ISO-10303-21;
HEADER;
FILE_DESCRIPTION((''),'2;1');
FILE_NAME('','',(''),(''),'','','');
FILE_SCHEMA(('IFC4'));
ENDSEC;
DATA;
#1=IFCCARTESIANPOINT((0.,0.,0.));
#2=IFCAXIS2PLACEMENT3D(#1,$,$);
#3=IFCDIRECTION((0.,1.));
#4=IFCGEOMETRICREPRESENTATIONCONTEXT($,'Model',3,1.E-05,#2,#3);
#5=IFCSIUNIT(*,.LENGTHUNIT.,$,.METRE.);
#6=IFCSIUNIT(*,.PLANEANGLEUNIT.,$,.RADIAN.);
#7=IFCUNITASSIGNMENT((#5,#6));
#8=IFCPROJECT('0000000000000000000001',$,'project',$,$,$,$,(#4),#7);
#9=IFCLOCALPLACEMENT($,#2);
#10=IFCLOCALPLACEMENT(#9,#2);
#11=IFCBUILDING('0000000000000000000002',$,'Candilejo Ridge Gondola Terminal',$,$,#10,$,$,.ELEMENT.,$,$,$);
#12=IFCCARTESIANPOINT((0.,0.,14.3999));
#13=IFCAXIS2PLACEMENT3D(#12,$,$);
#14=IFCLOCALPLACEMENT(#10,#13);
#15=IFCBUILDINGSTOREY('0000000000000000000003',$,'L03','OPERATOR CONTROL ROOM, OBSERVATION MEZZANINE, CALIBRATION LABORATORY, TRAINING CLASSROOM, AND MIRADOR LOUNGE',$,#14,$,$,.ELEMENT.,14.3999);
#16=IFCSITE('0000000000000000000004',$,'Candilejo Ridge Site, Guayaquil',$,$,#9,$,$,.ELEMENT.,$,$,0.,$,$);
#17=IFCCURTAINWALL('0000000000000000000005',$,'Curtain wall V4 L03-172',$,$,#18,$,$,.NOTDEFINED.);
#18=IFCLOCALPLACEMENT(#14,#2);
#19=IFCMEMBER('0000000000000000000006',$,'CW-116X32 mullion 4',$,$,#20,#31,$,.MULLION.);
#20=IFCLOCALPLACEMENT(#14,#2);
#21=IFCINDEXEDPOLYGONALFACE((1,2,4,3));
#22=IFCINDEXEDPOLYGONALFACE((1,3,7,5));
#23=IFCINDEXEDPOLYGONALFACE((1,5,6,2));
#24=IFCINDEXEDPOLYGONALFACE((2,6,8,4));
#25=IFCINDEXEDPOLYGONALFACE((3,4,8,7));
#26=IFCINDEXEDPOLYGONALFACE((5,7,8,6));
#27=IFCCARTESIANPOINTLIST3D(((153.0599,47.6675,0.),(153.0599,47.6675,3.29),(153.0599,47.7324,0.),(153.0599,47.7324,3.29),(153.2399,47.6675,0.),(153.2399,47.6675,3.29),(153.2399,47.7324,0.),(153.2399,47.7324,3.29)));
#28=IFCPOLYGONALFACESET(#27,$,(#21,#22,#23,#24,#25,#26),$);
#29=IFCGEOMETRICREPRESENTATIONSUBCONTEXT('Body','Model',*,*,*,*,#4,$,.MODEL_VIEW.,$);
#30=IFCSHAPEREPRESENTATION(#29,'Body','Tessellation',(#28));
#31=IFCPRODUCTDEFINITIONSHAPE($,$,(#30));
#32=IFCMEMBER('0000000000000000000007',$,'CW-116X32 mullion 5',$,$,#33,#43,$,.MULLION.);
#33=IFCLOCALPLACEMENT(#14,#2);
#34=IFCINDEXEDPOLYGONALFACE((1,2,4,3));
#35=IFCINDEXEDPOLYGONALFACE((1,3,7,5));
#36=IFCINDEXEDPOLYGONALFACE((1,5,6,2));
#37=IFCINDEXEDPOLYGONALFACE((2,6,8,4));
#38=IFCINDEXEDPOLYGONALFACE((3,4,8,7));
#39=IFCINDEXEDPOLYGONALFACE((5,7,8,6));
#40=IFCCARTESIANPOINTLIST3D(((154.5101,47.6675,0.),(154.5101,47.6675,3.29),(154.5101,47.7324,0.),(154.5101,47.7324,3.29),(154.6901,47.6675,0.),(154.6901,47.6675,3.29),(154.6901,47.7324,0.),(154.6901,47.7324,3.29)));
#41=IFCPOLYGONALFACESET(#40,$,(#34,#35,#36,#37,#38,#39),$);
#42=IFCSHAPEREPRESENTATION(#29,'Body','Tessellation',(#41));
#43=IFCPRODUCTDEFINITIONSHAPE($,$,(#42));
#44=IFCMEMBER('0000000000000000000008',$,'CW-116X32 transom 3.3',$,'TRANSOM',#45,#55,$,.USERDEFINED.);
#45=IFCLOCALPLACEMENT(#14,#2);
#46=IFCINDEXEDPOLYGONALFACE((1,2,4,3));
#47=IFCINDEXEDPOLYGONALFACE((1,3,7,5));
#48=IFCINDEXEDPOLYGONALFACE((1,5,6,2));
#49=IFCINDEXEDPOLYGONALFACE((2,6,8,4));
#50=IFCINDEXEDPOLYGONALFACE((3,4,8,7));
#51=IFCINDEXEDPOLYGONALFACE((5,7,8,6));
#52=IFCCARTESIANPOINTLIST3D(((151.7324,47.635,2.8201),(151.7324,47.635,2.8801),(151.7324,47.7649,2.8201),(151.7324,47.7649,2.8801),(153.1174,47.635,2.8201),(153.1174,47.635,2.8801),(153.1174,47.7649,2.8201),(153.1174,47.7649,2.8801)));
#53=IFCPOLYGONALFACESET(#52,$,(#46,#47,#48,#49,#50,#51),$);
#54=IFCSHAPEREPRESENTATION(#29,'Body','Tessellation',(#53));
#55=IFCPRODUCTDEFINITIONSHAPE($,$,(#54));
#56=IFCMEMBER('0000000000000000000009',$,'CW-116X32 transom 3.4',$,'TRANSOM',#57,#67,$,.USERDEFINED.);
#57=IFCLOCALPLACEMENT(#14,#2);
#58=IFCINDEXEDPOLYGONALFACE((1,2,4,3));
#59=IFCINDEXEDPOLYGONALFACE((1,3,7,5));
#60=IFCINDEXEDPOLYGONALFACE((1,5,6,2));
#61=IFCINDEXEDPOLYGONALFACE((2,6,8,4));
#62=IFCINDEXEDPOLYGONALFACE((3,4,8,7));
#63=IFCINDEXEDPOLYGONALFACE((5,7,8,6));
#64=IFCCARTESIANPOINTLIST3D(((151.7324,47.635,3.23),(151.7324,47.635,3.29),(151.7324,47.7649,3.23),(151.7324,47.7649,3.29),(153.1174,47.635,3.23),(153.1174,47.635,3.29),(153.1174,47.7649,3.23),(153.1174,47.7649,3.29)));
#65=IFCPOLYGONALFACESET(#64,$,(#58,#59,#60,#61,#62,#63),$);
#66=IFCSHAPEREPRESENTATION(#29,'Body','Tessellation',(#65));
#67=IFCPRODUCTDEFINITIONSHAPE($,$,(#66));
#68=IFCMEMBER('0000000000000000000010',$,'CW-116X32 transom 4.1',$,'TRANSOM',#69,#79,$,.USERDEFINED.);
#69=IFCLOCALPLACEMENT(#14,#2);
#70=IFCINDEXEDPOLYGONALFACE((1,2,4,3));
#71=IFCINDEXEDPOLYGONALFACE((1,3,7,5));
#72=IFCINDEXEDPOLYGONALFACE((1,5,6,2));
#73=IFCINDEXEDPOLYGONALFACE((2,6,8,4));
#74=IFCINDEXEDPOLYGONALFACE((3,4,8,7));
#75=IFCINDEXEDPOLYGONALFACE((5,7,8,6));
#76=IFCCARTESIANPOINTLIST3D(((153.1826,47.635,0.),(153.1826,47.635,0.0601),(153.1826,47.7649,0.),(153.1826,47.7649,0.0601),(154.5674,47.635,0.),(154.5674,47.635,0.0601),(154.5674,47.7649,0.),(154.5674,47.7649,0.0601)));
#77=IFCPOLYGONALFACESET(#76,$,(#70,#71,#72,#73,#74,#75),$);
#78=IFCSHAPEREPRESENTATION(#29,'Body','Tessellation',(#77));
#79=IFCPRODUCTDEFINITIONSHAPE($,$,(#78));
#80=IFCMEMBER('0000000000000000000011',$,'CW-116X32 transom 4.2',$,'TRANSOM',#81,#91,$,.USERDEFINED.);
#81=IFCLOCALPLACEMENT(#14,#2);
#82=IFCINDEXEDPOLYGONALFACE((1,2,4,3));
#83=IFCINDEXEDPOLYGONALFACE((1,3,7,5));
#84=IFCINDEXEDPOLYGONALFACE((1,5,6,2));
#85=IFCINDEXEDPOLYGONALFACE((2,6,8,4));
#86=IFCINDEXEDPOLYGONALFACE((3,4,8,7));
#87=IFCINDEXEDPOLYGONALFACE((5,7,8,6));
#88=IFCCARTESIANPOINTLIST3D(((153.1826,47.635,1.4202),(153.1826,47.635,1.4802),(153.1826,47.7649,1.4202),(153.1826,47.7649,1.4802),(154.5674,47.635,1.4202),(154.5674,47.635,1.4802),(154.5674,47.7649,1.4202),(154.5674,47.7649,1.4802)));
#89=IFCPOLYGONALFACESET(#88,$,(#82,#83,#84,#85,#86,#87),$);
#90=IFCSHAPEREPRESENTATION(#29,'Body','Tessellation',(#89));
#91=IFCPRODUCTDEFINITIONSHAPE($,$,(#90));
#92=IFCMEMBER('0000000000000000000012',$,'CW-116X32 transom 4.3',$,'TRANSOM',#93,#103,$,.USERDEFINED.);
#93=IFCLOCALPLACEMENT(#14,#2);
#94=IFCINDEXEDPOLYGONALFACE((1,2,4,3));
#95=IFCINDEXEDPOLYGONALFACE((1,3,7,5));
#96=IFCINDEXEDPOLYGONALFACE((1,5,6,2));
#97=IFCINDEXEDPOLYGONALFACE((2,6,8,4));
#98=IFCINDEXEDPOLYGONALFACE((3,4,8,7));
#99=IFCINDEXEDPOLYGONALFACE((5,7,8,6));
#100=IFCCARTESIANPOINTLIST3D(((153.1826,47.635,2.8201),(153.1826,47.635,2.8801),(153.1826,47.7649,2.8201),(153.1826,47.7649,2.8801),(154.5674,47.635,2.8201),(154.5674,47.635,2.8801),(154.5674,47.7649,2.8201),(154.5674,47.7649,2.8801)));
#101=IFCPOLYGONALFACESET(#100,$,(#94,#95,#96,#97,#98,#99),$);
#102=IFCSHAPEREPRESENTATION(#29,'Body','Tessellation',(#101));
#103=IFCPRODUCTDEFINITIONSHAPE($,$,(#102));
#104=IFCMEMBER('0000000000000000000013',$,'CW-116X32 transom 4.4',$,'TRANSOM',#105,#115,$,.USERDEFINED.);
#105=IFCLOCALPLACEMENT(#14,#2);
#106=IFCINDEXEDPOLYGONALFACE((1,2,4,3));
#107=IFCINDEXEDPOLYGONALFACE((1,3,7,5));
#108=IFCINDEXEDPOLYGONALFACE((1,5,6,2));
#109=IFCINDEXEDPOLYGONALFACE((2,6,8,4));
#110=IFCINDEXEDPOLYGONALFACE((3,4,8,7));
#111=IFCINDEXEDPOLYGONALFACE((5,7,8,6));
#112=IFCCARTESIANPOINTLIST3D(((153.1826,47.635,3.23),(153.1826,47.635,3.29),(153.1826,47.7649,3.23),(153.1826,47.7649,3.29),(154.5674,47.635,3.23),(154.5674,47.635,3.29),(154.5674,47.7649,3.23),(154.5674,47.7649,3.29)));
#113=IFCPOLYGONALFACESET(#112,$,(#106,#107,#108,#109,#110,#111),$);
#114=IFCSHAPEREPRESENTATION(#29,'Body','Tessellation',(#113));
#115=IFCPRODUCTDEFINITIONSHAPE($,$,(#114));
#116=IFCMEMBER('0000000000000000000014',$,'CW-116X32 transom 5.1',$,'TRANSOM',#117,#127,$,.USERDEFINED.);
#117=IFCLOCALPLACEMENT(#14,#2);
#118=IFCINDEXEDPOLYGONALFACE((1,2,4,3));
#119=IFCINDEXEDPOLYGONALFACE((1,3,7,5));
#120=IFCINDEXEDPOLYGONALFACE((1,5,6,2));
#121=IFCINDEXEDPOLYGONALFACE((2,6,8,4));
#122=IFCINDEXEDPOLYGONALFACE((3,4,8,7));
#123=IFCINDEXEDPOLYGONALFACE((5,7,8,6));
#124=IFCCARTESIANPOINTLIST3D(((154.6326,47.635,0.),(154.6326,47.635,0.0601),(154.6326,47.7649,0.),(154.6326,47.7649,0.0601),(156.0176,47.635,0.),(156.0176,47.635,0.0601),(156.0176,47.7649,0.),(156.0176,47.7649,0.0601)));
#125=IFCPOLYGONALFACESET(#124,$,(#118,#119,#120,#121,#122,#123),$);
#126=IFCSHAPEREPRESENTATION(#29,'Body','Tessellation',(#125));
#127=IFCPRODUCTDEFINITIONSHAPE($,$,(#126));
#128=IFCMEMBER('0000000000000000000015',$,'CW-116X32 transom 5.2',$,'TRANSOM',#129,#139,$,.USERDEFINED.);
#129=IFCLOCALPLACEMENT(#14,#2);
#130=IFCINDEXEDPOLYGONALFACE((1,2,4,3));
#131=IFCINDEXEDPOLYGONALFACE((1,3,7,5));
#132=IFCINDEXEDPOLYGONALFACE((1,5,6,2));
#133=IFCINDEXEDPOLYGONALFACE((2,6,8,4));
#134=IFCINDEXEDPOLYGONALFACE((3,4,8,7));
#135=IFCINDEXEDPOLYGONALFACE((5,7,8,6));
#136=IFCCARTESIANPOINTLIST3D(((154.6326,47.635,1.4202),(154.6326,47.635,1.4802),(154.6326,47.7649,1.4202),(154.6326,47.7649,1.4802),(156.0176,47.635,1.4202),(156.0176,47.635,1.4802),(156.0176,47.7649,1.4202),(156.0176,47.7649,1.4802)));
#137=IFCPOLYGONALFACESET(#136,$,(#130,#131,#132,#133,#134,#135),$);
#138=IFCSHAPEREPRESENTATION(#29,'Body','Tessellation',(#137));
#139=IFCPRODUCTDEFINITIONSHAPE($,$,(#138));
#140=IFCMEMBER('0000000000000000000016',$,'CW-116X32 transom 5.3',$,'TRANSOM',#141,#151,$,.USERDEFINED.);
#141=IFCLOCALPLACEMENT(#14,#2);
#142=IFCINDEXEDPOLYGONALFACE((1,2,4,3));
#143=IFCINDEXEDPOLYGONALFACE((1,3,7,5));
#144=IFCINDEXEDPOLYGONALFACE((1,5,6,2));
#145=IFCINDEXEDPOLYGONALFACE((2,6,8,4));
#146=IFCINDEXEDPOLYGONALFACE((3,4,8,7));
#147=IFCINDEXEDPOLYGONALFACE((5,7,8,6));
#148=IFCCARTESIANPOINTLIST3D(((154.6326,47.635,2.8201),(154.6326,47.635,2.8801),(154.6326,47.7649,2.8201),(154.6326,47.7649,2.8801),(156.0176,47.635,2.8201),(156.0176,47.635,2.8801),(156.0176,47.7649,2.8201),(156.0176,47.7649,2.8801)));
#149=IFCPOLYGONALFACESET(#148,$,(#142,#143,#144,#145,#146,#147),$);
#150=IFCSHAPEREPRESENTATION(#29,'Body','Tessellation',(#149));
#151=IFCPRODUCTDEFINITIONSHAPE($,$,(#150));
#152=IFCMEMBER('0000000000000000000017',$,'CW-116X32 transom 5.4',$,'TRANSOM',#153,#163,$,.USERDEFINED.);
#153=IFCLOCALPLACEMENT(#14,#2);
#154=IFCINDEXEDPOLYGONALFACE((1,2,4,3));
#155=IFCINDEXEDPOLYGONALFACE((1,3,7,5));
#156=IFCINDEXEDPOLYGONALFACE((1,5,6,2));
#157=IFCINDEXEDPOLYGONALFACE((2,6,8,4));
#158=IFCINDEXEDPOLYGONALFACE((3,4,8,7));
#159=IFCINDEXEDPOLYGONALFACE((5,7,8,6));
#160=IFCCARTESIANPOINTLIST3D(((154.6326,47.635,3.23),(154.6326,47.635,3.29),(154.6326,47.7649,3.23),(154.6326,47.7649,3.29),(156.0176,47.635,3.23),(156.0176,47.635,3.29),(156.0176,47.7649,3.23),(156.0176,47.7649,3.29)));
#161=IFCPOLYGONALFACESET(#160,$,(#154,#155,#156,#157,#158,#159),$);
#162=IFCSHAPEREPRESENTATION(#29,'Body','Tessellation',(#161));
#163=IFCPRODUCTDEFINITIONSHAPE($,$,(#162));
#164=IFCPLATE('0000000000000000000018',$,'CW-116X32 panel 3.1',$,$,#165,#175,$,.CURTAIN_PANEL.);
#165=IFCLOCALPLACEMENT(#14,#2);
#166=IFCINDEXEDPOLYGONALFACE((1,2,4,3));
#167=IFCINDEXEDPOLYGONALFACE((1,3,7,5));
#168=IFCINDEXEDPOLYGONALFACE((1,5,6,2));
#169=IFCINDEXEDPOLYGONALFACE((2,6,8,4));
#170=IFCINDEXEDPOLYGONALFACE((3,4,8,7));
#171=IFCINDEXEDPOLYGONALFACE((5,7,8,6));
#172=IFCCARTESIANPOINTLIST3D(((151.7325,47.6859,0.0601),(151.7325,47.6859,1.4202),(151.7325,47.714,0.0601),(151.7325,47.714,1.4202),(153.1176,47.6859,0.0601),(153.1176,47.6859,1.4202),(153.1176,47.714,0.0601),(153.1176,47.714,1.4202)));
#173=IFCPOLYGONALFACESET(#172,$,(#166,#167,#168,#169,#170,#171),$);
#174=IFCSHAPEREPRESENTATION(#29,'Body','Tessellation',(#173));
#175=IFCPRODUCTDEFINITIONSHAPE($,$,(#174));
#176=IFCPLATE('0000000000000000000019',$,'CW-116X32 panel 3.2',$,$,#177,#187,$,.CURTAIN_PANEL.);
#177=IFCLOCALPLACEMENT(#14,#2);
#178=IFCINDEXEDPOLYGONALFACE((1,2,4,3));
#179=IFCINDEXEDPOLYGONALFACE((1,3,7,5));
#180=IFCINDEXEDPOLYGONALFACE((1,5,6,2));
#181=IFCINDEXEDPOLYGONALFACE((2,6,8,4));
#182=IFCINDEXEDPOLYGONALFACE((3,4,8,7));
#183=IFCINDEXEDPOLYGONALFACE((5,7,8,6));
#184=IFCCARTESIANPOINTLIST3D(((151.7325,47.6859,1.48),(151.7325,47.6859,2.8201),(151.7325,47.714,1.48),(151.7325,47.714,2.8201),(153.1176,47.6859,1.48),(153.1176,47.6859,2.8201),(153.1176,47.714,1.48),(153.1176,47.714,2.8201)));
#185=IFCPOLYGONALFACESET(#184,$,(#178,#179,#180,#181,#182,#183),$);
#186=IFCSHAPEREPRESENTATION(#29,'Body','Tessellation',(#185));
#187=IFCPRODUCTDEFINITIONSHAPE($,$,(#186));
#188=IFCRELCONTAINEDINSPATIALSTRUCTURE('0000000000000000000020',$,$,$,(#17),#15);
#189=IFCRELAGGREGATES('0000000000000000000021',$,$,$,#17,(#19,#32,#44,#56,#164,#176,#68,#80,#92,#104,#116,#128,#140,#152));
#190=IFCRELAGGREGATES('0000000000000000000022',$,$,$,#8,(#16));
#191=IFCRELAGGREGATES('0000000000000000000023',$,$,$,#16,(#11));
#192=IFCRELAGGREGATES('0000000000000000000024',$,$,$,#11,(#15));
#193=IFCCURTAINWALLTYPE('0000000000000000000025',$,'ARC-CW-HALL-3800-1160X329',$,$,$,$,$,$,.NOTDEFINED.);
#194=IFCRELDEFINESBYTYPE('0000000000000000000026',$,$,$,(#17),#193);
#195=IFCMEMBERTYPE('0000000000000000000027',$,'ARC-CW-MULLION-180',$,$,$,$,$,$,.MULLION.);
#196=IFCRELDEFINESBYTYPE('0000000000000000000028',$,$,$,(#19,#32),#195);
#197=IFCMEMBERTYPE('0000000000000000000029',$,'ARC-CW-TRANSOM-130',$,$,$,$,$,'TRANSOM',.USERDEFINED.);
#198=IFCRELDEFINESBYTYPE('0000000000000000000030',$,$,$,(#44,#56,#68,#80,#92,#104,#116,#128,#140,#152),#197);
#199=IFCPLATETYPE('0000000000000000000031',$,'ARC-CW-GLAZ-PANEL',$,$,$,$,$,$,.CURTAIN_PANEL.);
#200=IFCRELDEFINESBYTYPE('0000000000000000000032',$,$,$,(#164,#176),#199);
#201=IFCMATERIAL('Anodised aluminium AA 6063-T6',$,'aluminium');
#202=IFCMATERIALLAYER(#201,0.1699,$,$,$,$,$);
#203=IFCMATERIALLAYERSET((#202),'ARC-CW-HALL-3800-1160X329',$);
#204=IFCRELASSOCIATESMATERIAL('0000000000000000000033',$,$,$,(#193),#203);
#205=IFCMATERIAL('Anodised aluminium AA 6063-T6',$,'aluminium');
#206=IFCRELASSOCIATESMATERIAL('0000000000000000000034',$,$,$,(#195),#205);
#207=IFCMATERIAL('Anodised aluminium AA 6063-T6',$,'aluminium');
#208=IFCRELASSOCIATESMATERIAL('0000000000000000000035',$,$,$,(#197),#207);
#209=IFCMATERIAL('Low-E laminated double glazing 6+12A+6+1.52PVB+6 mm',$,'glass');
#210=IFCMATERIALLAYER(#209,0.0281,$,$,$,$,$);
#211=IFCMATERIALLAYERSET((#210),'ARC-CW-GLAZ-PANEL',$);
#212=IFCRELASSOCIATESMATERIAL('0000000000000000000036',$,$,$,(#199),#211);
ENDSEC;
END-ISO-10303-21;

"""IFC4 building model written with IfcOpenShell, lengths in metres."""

from ifc_helpers import new_model, si_unit, direction, frame, origin, origin_2d, place, context, subcontext, project, spatial, rectangle, extrude, material, layer, layer_set, material_profile, profile_set, type_object, element, aggregate, save


model = new_model("IFC4")

# Units and contexts
model_context = context("Model", 3, precision=1e-05, world=origin(), true_north=direction((0.0, 1.0)))
body_context = subcontext(model_context, "Body", "Model", "MODEL_VIEW")
ifc_project = project(units=[si_unit("LENGTHUNIT", "METRE"), si_unit("PLANEANGLEUNIT", "RADIAN")], contexts=[model_context])

# Site, building, storey
site_placement = place(None, origin())
site = spatial("IfcSite", under=ifc_project, at=site_placement, Name="Candilejo Ridge Site, Guayaquil", CompositionType="ELEMENT", RefElevation=0.0)
building_placement = place(site_placement, origin())
building = spatial("IfcBuilding", under=site, at=building_placement, Name="Candilejo Ridge Gondola Terminal", CompositionType="ELEMENT")
storey_placement = place(building_placement, frame((0.0, 0.0, 14.3999)))
storey = spatial("IfcBuildingStorey", under=building, at=storey_placement, Name="L03", Description="OPERATOR CONTROL ROOM, OBSERVATION MEZZANINE, CALIBRATION LABORATORY, TRAINING CLASSROOM, AND MIRADOR LOUNGE", CompositionType="ELEMENT", Elevation=14.3999)

# Curtain wall, members, plates
ifc_material_1 = material(Name="Anodised aluminium AA 6063-T6", Category="aluminium")
ifc_layer_1 = layer(ifc_material_1, 0.1699)
ifc_layer_set_1 = layer_set([ifc_layer_1], Name="ARC-CW-HALL-3800-1160X329")
curtain_wall_type = type_object("IfcCurtainWallType", Name="ARC-CW-HALL-3800-1160X329", PredefinedType="NOTDEFINED", material=ifc_layer_set_1)
curtain_wall_placement = place(storey_placement, origin())
curtain_wall = element("IfcCurtainWall", 1, at=curtain_wall_placement, inside=storey, type_object=curtain_wall_type, Name="Curtain wall V4 L03-172", PredefinedType="NOTDEFINED")
ifc_material_2 = material(Name="Anodised aluminium AA 6063-T6", Category="aluminium")
ifc_material_profile_1 = material_profile(ifc_material_2, rectangle(XDim=0.0649, YDim=0.1799, at=origin_2d()))
ifc_profile_set_1 = profile_set([ifc_material_profile_1], Name="Anodised aluminium AA 6063-T6")
member_type_1 = type_object("IfcMemberType", Name="ARC-CW-MULLION-180", PredefinedType="MULLION", material=ifc_profile_set_1)
member_1_placement = place(storey_placement, frame((153.1499, 47.7, 0.0), z_axis=(0.0, 0.0, 1.0), x_axis=(0.0, 1.0, 0.0)))
member_1 = element("IfcMember", 2, at=member_1_placement, type_object=member_type_1, Name="CW-116X32 mullion 4", PredefinedType="MULLION", context=body_context, shape_type="SweptSolid", body=[
    extrude(rectangle(XDim=0.0649, YDim=0.1799, at=origin_2d()), origin(), (0.0, 0.0, 1.0), 3.29),
])
member_2_placement = place(storey_placement, frame((154.6001, 47.7, 0.0), z_axis=(0.0, 0.0, 1.0), x_axis=(0.0, 1.0, 0.0)))
member_2 = element("IfcMember", 3, at=member_2_placement, type_object=member_type_1, Name="CW-116X32 mullion 5", PredefinedType="MULLION", context=body_context, shape_type="SweptSolid", body=[
    extrude(rectangle(XDim=0.0649, YDim=0.1799, at=origin_2d()), origin(), (0.0, 0.0, 1.0), 3.29),
])
ifc_material_3 = material(Name="Anodised aluminium AA 6063-T6", Category="aluminium")
ifc_material_profile_2 = material_profile(ifc_material_3, rectangle(XDim=0.1299, YDim=0.0601, at=origin_2d()))
ifc_profile_set_2 = profile_set([ifc_material_profile_2], Name="Anodised aluminium AA 6063-T6")
member_type_2 = type_object("IfcMemberType", Name="ARC-CW-TRANSOM-130", ElementType="TRANSOM", PredefinedType="USERDEFINED", material=ifc_profile_set_2)
member_3_placement = place(storey_placement, frame((151.7324, 47.7, 2.8501), z_axis=(1.0, 0.0, 0.0), x_axis=(0.0, 1.0, 0.0)))
member_3 = element("IfcMember", 4, at=member_3_placement, type_object=member_type_2, Name="CW-116X32 transom 3.3", ObjectType="TRANSOM", PredefinedType="USERDEFINED", context=body_context, shape_type="SweptSolid", body=[
    extrude(rectangle(XDim=0.1299, YDim=0.0601, at=origin_2d()), origin(), (0.0, 0.0, 1.0), 1.385),
])
member_4_placement = place(storey_placement, frame((151.7324, 47.7, 3.26), z_axis=(1.0, 0.0, 0.0), x_axis=(0.0, 1.0, 0.0)))
member_4 = element("IfcMember", 5, at=member_4_placement, type_object=member_type_2, Name="CW-116X32 transom 3.4", ObjectType="TRANSOM", PredefinedType="USERDEFINED", context=body_context, shape_type="SweptSolid", body=[
    extrude(rectangle(XDim=0.1299, YDim=0.0601, at=origin_2d()), origin(), (0.0, 0.0, 1.0), 1.385),
])
member_5_placement = place(storey_placement, frame((153.1826, 47.7, 0.03), z_axis=(1.0, 0.0, 0.0), x_axis=(0.0, 1.0, 0.0)))
member_5 = element("IfcMember", 6, at=member_5_placement, type_object=member_type_2, Name="CW-116X32 transom 4.1", ObjectType="TRANSOM", PredefinedType="USERDEFINED", context=body_context, shape_type="SweptSolid", body=[
    extrude(rectangle(XDim=0.1299, YDim=0.0601, at=origin_2d()), origin(), (0.0, 0.0, 1.0), 1.3848),
])
member_6_placement = place(storey_placement, frame((153.1826, 47.7, 1.4502), z_axis=(1.0, 0.0, 0.0), x_axis=(0.0, 1.0, 0.0)))
member_6 = element("IfcMember", 7, at=member_6_placement, type_object=member_type_2, Name="CW-116X32 transom 4.2", ObjectType="TRANSOM", PredefinedType="USERDEFINED", context=body_context, shape_type="SweptSolid", body=[
    extrude(rectangle(XDim=0.1299, YDim=0.0601, at=origin_2d()), origin(), (0.0, 0.0, 1.0), 1.3848),
])
member_7_placement = place(storey_placement, frame((153.1826, 47.7, 2.8501), z_axis=(1.0, 0.0, 0.0), x_axis=(0.0, 1.0, 0.0)))
member_7 = element("IfcMember", 8, at=member_7_placement, type_object=member_type_2, Name="CW-116X32 transom 4.3", ObjectType="TRANSOM", PredefinedType="USERDEFINED", context=body_context, shape_type="SweptSolid", body=[
    extrude(rectangle(XDim=0.1299, YDim=0.0601, at=origin_2d()), origin(), (0.0, 0.0, 1.0), 1.3848),
])
member_8_placement = place(storey_placement, frame((153.1826, 47.7, 3.26), z_axis=(1.0, 0.0, 0.0), x_axis=(0.0, 1.0, 0.0)))
member_8 = element("IfcMember", 9, at=member_8_placement, type_object=member_type_2, Name="CW-116X32 transom 4.4", ObjectType="TRANSOM", PredefinedType="USERDEFINED", context=body_context, shape_type="SweptSolid", body=[
    extrude(rectangle(XDim=0.1299, YDim=0.0601, at=origin_2d()), origin(), (0.0, 0.0, 1.0), 1.3848),
])
member_9_placement = place(storey_placement, frame((154.6326, 47.7, 0.03), z_axis=(1.0, 0.0, 0.0), x_axis=(0.0, 1.0, 0.0)))
member_9 = element("IfcMember", 10, at=member_9_placement, type_object=member_type_2, Name="CW-116X32 transom 5.1", ObjectType="TRANSOM", PredefinedType="USERDEFINED", context=body_context, shape_type="SweptSolid", body=[
    extrude(rectangle(XDim=0.1299, YDim=0.0601, at=origin_2d()), origin(), (0.0, 0.0, 1.0), 1.385),
])
member_10_placement = place(storey_placement, frame((154.6326, 47.7, 1.4502), z_axis=(1.0, 0.0, 0.0), x_axis=(0.0, 1.0, 0.0)))
member_10 = element("IfcMember", 11, at=member_10_placement, type_object=member_type_2, Name="CW-116X32 transom 5.2", ObjectType="TRANSOM", PredefinedType="USERDEFINED", context=body_context, shape_type="SweptSolid", body=[
    extrude(rectangle(XDim=0.1299, YDim=0.0601, at=origin_2d()), origin(), (0.0, 0.0, 1.0), 1.385),
])
member_11_placement = place(storey_placement, frame((154.6326, 47.7, 2.8501), z_axis=(1.0, 0.0, 0.0), x_axis=(0.0, 1.0, 0.0)))
member_11 = element("IfcMember", 12, at=member_11_placement, type_object=member_type_2, Name="CW-116X32 transom 5.3", ObjectType="TRANSOM", PredefinedType="USERDEFINED", context=body_context, shape_type="SweptSolid", body=[
    extrude(rectangle(XDim=0.1299, YDim=0.0601, at=origin_2d()), origin(), (0.0, 0.0, 1.0), 1.385),
])
member_12_placement = place(storey_placement, frame((154.6326, 47.7, 3.26), z_axis=(1.0, 0.0, 0.0), x_axis=(0.0, 1.0, 0.0)))
member_12 = element("IfcMember", 13, at=member_12_placement, type_object=member_type_2, Name="CW-116X32 transom 5.4", ObjectType="TRANSOM", PredefinedType="USERDEFINED", context=body_context, shape_type="SweptSolid", body=[
    extrude(rectangle(XDim=0.1299, YDim=0.0601, at=origin_2d()), origin(), (0.0, 0.0, 1.0), 1.385),
])
ifc_material_4 = material(Name="Low-E laminated double glazing 6+12A+6+1.52PVB+6 mm", Category="glass")
ifc_layer_2 = layer(ifc_material_4, 0.0281)
ifc_layer_set_2 = layer_set([ifc_layer_2], Name="ARC-CW-GLAZ-PANEL")
plate_type = type_object("IfcPlateType", Name="ARC-CW-GLAZ-PANEL", PredefinedType="CURTAIN_PANEL", material=ifc_layer_set_2)
plate_1_placement = place(storey_placement, frame((152.425, 47.7, 0.0601), z_axis=(0.0, 0.0, 1.0), x_axis=(1.0, 0.0, 0.0)))
plate_1 = element("IfcPlate", 14, at=plate_1_placement, type_object=plate_type, Name="CW-116X32 panel 3.1", PredefinedType="CURTAIN_PANEL", context=body_context, shape_type="SweptSolid", body=[
    extrude(rectangle(XDim=1.385, YDim=0.0281, at=origin_2d()), origin(), (0.0, 0.0, 1.0), 1.3601),
])
plate_2_placement = place(storey_placement, frame((152.425, 47.7, 1.48), z_axis=(0.0, 0.0, 1.0), x_axis=(1.0, 0.0, 0.0)))
plate_2 = element("IfcPlate", 15, at=plate_2_placement, type_object=plate_type, Name="CW-116X32 panel 3.2", PredefinedType="CURTAIN_PANEL", context=body_context, shape_type="SweptSolid", body=[
    extrude(rectangle(XDim=1.385, YDim=0.0281, at=origin_2d()), origin(), (0.0, 0.0, 1.0), 1.3401),
])
aggregate(curtain_wall, [member_1, member_2, member_3, member_4, plate_1, plate_2, member_5, member_6, member_7, member_8, member_9, member_10, member_11, member_12])

save(model, "model.ifc")
